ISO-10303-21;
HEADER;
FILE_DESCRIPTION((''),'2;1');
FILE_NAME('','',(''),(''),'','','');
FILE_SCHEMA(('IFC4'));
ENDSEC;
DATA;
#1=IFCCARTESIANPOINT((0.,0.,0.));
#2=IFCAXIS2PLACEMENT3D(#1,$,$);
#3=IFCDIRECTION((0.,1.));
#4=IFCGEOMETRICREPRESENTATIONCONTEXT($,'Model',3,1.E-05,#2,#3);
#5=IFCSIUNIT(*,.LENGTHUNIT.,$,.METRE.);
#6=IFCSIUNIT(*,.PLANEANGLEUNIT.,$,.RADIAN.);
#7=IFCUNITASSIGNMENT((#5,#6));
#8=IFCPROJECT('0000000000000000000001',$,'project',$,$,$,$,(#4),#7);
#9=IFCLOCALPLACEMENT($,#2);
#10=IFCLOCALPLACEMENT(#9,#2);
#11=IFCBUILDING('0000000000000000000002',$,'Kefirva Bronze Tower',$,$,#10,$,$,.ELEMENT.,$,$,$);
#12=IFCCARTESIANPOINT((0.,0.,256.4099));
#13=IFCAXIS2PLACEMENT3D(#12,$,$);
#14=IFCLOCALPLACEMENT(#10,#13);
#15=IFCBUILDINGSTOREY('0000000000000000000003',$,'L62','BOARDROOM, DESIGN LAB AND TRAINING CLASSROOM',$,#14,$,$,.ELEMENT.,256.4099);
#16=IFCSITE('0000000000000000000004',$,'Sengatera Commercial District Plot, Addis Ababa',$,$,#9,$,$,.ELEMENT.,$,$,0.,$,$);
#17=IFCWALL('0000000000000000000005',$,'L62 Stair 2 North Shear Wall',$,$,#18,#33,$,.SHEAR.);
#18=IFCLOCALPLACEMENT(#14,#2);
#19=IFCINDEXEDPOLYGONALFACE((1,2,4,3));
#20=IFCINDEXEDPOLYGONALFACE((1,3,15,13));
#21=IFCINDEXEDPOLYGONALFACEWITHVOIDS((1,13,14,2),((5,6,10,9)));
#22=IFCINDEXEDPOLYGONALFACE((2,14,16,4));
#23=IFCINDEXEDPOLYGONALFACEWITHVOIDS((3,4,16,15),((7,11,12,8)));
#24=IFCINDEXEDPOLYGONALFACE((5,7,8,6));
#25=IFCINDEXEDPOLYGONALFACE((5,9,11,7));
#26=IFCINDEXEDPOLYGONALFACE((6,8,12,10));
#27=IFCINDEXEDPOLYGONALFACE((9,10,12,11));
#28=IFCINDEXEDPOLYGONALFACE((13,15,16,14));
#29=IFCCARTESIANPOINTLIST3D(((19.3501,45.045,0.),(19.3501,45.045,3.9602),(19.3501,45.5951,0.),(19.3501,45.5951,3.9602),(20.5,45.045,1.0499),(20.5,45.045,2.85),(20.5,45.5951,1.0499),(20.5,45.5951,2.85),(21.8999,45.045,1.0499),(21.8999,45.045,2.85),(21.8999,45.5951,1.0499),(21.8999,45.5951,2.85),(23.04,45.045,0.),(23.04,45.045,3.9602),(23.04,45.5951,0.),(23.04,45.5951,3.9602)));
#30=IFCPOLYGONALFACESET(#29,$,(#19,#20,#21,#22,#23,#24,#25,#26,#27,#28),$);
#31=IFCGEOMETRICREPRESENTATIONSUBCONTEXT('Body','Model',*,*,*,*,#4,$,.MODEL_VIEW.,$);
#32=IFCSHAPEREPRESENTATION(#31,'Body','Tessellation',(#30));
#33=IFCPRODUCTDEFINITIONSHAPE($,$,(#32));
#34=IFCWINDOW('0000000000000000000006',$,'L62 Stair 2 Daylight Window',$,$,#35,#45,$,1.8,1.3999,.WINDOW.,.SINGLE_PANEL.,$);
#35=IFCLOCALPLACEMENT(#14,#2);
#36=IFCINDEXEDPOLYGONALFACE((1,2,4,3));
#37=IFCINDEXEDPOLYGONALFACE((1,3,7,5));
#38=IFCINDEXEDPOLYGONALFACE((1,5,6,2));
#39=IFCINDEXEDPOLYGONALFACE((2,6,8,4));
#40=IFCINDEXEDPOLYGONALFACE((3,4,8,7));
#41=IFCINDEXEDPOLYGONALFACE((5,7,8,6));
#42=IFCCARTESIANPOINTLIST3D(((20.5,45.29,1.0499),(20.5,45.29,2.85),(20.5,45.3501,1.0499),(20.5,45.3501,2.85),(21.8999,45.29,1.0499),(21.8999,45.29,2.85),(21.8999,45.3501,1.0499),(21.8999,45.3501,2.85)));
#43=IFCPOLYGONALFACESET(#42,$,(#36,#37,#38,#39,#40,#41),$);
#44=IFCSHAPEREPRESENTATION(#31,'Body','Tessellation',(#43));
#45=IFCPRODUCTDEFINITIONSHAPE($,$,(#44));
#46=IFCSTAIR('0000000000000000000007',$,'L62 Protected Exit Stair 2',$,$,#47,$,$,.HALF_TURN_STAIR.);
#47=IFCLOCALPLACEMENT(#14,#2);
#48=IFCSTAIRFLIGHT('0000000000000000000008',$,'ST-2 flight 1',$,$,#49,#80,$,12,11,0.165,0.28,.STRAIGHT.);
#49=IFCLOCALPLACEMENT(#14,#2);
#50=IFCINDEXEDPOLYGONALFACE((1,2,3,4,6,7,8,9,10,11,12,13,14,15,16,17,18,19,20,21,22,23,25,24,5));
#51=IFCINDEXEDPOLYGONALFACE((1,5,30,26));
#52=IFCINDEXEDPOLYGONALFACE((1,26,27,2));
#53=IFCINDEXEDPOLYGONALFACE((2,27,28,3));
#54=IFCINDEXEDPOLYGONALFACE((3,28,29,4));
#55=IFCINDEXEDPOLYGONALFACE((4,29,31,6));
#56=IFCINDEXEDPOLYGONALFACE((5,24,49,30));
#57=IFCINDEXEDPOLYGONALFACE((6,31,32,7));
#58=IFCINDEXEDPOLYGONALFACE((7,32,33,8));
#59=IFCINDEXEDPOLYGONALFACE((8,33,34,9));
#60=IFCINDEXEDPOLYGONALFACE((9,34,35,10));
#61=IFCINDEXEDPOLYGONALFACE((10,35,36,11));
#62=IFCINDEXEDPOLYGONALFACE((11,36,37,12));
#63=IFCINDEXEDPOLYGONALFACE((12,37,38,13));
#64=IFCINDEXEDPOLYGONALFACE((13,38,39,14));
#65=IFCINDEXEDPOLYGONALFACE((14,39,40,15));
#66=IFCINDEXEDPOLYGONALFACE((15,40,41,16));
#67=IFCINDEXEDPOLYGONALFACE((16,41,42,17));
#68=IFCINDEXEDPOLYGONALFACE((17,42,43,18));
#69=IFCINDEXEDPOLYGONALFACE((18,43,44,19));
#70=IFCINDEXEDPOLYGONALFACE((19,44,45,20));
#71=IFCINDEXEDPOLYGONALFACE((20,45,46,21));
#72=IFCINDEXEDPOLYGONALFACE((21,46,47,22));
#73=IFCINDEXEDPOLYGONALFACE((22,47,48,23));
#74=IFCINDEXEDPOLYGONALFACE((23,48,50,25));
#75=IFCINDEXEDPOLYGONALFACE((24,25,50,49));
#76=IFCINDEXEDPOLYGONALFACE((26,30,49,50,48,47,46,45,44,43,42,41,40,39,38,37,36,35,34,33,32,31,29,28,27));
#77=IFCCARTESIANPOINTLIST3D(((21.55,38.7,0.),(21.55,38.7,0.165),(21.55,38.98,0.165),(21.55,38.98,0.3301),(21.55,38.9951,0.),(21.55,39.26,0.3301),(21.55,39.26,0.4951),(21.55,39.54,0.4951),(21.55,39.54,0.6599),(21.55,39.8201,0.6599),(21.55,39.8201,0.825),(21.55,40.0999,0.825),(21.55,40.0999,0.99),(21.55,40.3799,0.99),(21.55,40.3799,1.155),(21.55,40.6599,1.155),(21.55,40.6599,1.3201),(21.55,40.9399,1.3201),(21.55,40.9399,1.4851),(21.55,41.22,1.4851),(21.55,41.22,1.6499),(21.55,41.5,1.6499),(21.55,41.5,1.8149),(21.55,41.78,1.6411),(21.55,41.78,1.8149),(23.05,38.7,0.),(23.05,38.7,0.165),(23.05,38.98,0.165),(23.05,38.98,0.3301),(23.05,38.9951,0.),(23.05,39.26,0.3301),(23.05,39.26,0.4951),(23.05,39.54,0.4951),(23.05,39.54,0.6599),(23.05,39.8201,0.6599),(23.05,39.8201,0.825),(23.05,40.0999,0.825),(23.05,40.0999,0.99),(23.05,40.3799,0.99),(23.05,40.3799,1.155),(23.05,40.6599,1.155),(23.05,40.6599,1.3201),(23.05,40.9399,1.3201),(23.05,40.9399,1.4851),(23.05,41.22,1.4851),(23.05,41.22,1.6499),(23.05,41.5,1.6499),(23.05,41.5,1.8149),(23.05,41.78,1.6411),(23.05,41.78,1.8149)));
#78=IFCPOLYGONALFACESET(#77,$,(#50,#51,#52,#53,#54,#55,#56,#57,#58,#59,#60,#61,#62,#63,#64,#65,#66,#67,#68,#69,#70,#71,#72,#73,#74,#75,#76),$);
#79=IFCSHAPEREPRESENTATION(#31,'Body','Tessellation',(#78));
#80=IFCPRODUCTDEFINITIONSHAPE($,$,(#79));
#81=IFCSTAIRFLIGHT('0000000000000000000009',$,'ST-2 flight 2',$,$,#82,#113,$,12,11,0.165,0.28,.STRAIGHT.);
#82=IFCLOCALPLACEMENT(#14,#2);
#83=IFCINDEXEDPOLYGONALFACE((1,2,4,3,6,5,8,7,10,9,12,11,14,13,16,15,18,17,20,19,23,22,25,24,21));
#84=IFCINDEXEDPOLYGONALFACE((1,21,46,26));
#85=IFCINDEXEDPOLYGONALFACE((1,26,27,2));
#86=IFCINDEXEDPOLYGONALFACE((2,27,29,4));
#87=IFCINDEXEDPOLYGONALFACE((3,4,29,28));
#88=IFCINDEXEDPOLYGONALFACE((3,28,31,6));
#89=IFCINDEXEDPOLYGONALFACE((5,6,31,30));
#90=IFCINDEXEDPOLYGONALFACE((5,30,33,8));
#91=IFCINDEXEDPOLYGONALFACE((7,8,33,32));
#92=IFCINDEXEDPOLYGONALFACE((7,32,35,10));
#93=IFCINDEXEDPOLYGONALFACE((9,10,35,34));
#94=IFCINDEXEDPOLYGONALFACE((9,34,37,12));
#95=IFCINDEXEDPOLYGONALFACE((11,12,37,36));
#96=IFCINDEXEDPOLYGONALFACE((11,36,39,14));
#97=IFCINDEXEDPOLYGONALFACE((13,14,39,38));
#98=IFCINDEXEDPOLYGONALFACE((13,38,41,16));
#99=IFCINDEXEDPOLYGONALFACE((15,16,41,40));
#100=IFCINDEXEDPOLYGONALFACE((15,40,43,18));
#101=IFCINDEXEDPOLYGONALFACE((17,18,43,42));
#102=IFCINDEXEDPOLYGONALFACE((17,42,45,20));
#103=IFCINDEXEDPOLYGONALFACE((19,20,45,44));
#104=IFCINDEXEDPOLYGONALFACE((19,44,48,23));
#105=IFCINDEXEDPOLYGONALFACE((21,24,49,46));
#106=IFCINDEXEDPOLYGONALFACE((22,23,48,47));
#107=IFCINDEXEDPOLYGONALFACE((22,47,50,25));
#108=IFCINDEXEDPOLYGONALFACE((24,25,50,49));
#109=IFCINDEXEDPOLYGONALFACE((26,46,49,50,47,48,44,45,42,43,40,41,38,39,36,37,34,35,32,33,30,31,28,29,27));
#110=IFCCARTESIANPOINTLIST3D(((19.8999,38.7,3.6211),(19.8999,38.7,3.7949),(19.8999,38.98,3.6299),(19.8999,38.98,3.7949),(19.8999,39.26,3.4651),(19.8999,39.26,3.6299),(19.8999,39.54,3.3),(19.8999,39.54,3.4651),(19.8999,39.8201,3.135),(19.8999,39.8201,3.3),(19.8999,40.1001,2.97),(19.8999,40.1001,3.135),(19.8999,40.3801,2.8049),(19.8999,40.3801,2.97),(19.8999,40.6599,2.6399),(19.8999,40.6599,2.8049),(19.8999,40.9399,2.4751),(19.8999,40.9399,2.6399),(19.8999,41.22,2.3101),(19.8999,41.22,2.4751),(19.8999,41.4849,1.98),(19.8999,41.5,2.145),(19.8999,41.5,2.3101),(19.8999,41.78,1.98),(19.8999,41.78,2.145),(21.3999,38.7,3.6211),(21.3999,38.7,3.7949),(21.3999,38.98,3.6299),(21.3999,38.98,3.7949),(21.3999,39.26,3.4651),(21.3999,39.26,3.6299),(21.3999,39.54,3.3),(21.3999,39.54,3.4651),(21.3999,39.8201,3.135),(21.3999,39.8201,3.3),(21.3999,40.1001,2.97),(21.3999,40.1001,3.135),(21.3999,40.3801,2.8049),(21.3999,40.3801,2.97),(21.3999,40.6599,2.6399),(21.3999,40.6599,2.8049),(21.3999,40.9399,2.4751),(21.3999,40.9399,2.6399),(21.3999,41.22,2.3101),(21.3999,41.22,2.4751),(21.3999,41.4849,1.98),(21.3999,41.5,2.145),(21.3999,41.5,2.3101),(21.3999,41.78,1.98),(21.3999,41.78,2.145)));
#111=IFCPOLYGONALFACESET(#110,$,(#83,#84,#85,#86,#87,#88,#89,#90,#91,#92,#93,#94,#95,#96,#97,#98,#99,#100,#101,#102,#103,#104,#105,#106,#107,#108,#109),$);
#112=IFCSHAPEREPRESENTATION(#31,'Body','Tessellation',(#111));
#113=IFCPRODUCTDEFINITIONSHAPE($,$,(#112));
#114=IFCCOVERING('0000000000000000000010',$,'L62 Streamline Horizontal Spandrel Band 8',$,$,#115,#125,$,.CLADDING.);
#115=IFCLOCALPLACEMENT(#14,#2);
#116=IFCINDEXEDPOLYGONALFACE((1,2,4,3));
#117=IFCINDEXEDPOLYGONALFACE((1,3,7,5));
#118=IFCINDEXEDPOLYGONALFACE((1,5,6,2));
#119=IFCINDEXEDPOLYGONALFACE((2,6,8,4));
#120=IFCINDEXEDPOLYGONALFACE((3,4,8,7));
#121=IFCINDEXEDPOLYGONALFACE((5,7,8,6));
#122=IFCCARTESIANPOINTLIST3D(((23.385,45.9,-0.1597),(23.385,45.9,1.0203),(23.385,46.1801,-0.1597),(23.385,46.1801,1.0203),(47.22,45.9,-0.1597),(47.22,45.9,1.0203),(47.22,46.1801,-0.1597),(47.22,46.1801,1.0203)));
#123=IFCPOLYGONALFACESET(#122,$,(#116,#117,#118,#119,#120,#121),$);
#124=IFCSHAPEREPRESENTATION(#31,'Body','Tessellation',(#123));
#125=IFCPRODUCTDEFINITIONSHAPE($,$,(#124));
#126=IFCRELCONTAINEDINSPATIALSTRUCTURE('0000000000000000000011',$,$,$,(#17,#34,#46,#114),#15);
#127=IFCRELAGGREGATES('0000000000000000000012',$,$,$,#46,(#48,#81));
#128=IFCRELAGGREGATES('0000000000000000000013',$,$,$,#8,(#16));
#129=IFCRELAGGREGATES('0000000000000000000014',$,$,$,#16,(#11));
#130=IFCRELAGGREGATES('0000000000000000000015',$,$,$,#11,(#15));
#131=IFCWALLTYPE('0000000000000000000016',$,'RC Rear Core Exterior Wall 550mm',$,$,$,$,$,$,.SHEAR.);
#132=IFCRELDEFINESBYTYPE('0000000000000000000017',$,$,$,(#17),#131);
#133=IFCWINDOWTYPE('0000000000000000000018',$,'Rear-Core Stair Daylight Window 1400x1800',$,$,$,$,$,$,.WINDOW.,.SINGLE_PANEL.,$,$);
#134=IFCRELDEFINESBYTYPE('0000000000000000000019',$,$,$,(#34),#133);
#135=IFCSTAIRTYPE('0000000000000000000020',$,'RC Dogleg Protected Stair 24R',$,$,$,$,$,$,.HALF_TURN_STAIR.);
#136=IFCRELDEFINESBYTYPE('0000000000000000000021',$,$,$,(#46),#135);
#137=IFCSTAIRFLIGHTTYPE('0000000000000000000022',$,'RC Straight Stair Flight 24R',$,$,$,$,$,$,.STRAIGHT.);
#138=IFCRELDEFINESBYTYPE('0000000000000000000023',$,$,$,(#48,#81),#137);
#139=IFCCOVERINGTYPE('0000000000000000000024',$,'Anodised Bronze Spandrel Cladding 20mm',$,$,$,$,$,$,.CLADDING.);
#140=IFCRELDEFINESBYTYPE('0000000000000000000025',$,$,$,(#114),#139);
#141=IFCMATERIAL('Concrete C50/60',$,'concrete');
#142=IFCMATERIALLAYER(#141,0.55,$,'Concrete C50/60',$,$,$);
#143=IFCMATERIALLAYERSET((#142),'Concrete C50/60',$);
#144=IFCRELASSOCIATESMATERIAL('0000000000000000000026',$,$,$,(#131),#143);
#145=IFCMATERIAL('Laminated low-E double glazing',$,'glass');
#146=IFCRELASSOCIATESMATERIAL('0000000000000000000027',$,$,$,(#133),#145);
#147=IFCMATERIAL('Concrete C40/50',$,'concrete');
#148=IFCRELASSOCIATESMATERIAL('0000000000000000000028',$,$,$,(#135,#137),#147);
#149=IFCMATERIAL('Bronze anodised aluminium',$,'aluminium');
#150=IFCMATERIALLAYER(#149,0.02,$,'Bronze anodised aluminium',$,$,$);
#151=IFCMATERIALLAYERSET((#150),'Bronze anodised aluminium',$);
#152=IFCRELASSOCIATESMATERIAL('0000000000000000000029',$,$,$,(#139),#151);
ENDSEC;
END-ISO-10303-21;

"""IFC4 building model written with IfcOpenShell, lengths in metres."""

from ifc_helpers import new_model, si_unit, direction, frame, frame_2d, origin, origin_2d, place, context, subcontext, project, spatial, polyline, rectangle, outline, extrude, material, layer, layer_set, type_object, element, fill, aggregate, save


model = new_model("IFC4")

# Units and contexts
model_context = context("Model", 3, precision=1e-05, world=origin(), true_north=direction((0.0, 1.0)))
body_context = subcontext(model_context, "Body", "Model", "MODEL_VIEW")
ifc_project = project(units=[si_unit("LENGTHUNIT", "METRE"), si_unit("PLANEANGLEUNIT", "RADIAN")], contexts=[model_context])

# Site, building, storey
site_placement = place(None, origin())
site = spatial("IfcSite", under=ifc_project, at=site_placement, Name="Sengatera Commercial District Plot, Addis Ababa", CompositionType="ELEMENT", RefElevation=0.0)
building_placement = place(site_placement, origin())
building = spatial("IfcBuilding", under=site, at=building_placement, Name="Kefirva Bronze Tower", CompositionType="ELEMENT")
storey_placement = place(building_placement, frame((0.0, 0.0, 256.4099)))
storey = spatial("IfcBuildingStorey", under=building, at=storey_placement, Name="L62", Description="BOARDROOM, DESIGN LAB AND TRAINING CLASSROOM", CompositionType="ELEMENT", Elevation=256.4099)

# Shared definitions
ifc_material_1 = material(Name="Concrete C50/60", Category="concrete")

# Shared definitions
ifc_material_2 = material(Name="Bronze anodised aluminium", Category="aluminium")

# Shared definitions
ifc_material_3 = material(Name="Laminated low-E double glazing", Category="glass")

# Wall, opening, window
ifc_layer_1 = layer(ifc_material_1, 0.55, Name="Concrete C50/60")
ifc_layer_set_1 = layer_set([ifc_layer_1], Name="Concrete C50/60")
wall_type = type_object("IfcWallType", Name="RC Rear Core Exterior Wall 550mm", PredefinedType="SHEAR", material=ifc_layer_set_1)
wall_placement = place(storey_placement, frame((19.3501, 45.3201, 0.0), z_axis=(0.0, 0.0, 1.0), x_axis=(1.0, 0.0, 0.0)))
wall = element("IfcWall", 1, at=wall_placement, inside=storey, type_object=wall_type, Name="L62 Stair 2 North Shear Wall", PredefinedType="SHEAR", context=body_context, shape_type="SweptSolid", body=[
    extrude(rectangle(XDim=3.6899, YDim=0.55, at=frame_2d((1.845, 0.0))), origin(), (0.0, 0.0, 1.0), 3.9602),
])
opening_placement = place(wall_placement, frame((1.1499, 0.0, 1.05)))
opening = element("IfcOpeningElement", 2, at=opening_placement, cuts=wall, PredefinedType="OPENING", context=body_context, shape_type="SweptSolid", body=[
    extrude(rectangle(XDim=1.3999, YDim=1.8, at=frame_2d((0.7, 0.8999))), frame((0.0, 0.2852, 0.0), z_axis=(0.0, -1.0, 0.0), x_axis=(1.0, 0.0, 0.0)), (0.0, 0.0, 1.0), 0.5701),
])
window_type = type_object("IfcWindowType", Name="Rear-Core Stair Daylight Window 1400x1800", PartitioningType="SINGLE_PANEL", PredefinedType="WINDOW", material=ifc_material_3)
window_placement = place(opening_placement, origin())
window = element("IfcWindow", 3, at=window_placement, inside=storey, type_object=window_type, Name="L62 Stair 2 Daylight Window", OverallHeight=1.8, OverallWidth=1.3999, PartitioningType="SINGLE_PANEL", PredefinedType="WINDOW", context=body_context, shape_type="SweptSolid", body=[
    extrude(rectangle(XDim=1.3999, YDim=1.8, at=frame_2d((0.7, 0.8999))), frame((0.0, 0.03, 0.0), z_axis=(0.0, -1.0, 0.0), x_axis=(1.0, 0.0, 0.0)), (0.0, 0.0, 1.0), 0.0601),
])
fill(opening, window)

# Stair, stair flights
ifc_material_4 = material(Name="Concrete C40/50", Category="concrete")
stair_type = type_object("IfcStairType", Name="RC Dogleg Protected Stair 24R", PredefinedType="HALF_TURN_STAIR", material=ifc_material_4)
stair_placement = place(storey_placement, origin())
stair = element("IfcStair", 4, at=stair_placement, inside=storey, type_object=stair_type, Name="L62 Protected Exit Stair 2", PredefinedType="HALF_TURN_STAIR")
stair_flight_type = type_object("IfcStairFlightType", Name="RC Straight Stair Flight 24R", PredefinedType="STRAIGHT", material=ifc_material_4)
stair_flight_1_placement = place(storey_placement, frame((22.3, 38.7, 0.0), z_axis=(0.0, 0.0, 1.0), x_axis=(0.0, 1.0, 0.0)))
stair_flight_1 = element("IfcStairFlight", 5, at=stair_flight_1_placement, type_object=stair_flight_type, Name="ST-2 flight 1", NumberOfRisers=12, NumberOfTreads=11, PredefinedType="STRAIGHT", RiserHeight=0.165, TreadLength=0.28, context=body_context, shape_type="SweptSolid", body=[
    extrude(outline(polyline([(0.0, 0.0), (0.0, 0.165), (0.28, 0.165), (0.28, 0.3301), (0.5601, 0.3301), (0.5601, 0.4951), (0.8401, 0.4951), (0.8401, 0.6599), (1.1201, 0.6599), (1.1201, 0.825), (1.3999, 0.825), (1.3999, 0.99), (1.6799, 0.99), (1.6799, 1.155), (1.96, 1.155), (1.96, 1.3201), (2.24, 1.3201), (2.24, 1.4851), (2.52, 1.4851), (2.52, 1.6499), (2.8, 1.6499), (2.8, 1.8149), (3.0801, 1.8149), (3.0801, 1.98), (3.0801, 1.6411), (0.2952, 0.0), (0.0, 0.0)])), frame((0.0, 0.75, 0.0), z_axis=(0.0, -1.0, 0.0), x_axis=(1.0, 0.0, 0.0)), (0.0, 0.0, 1.0), 1.5),
])
stair_flight_2_placement = place(storey_placement, frame((20.6499, 41.78, 1.98), z_axis=(0.0, 0.0, 1.0), x_axis=(0.0, -1.0, 0.0)))
stair_flight_2 = element("IfcStairFlight", 6, at=stair_flight_2_placement, type_object=stair_flight_type, Name="ST-2 flight 2", NumberOfRisers=12, NumberOfTreads=11, PredefinedType="STRAIGHT", RiserHeight=0.165, TreadLength=0.28, context=body_context, shape_type="SweptSolid", body=[
    extrude(outline(polyline([(0.0, 0.0), (0.0, 0.165), (0.28, 0.165), (0.28, 0.3301), (0.5601, 0.3301), (0.5601, 0.4951), (0.8401, 0.4951), (0.8401, 0.6599), (1.1201, 0.6599), (1.1201, 0.825), (1.3999, 0.825), (1.3999, 0.99), (1.6799, 0.99), (1.6799, 1.155), (1.96, 1.155), (1.96, 1.3201), (2.24, 1.3201), (2.24, 1.4851), (2.52, 1.4851), (2.52, 1.6499), (2.8, 1.6499), (2.8, 1.8149), (3.0801, 1.8149), (3.0801, 1.98), (3.0801, 1.6411), (0.2952, 0.0), (0.0, 0.0)])), frame((0.0, 0.75, 0.0), z_axis=(0.0, -1.0, 0.0), x_axis=(1.0, 0.0, 0.0)), (0.0, 0.0, 1.0), 1.5),
])
aggregate(stair, [stair_flight_1, stair_flight_2])

# Covering
ifc_layer_2 = layer(ifc_material_2, 0.02, Name="Bronze anodised aluminium")
ifc_layer_set_2 = layer_set([ifc_layer_2], Name="Bronze anodised aluminium")
covering_type_1 = type_object("IfcCoveringType", Name="Anodised Bronze Spandrel Cladding 20mm", PredefinedType="CLADDING", material=ifc_layer_set_2)
covering_1_placement = place(storey_placement, frame((35.3025, 46.04, -0.1597), z_axis=(0.0, 0.0, 1.0), x_axis=(-1.0, 0.0, 0.0)))
element("IfcCovering", 7, at=covering_1_placement, inside=storey, type_object=covering_type_1, Name="L62 Streamline Horizontal Spandrel Band 8", PredefinedType="CLADDING", context=body_context, shape_type="SweptSolid", body=[
    extrude(rectangle(XDim=23.835, YDim=0.28, at=origin_2d()), origin(), (0.0, 0.0, 1.0), 1.1799),
])

save(model, "model.ifc")
